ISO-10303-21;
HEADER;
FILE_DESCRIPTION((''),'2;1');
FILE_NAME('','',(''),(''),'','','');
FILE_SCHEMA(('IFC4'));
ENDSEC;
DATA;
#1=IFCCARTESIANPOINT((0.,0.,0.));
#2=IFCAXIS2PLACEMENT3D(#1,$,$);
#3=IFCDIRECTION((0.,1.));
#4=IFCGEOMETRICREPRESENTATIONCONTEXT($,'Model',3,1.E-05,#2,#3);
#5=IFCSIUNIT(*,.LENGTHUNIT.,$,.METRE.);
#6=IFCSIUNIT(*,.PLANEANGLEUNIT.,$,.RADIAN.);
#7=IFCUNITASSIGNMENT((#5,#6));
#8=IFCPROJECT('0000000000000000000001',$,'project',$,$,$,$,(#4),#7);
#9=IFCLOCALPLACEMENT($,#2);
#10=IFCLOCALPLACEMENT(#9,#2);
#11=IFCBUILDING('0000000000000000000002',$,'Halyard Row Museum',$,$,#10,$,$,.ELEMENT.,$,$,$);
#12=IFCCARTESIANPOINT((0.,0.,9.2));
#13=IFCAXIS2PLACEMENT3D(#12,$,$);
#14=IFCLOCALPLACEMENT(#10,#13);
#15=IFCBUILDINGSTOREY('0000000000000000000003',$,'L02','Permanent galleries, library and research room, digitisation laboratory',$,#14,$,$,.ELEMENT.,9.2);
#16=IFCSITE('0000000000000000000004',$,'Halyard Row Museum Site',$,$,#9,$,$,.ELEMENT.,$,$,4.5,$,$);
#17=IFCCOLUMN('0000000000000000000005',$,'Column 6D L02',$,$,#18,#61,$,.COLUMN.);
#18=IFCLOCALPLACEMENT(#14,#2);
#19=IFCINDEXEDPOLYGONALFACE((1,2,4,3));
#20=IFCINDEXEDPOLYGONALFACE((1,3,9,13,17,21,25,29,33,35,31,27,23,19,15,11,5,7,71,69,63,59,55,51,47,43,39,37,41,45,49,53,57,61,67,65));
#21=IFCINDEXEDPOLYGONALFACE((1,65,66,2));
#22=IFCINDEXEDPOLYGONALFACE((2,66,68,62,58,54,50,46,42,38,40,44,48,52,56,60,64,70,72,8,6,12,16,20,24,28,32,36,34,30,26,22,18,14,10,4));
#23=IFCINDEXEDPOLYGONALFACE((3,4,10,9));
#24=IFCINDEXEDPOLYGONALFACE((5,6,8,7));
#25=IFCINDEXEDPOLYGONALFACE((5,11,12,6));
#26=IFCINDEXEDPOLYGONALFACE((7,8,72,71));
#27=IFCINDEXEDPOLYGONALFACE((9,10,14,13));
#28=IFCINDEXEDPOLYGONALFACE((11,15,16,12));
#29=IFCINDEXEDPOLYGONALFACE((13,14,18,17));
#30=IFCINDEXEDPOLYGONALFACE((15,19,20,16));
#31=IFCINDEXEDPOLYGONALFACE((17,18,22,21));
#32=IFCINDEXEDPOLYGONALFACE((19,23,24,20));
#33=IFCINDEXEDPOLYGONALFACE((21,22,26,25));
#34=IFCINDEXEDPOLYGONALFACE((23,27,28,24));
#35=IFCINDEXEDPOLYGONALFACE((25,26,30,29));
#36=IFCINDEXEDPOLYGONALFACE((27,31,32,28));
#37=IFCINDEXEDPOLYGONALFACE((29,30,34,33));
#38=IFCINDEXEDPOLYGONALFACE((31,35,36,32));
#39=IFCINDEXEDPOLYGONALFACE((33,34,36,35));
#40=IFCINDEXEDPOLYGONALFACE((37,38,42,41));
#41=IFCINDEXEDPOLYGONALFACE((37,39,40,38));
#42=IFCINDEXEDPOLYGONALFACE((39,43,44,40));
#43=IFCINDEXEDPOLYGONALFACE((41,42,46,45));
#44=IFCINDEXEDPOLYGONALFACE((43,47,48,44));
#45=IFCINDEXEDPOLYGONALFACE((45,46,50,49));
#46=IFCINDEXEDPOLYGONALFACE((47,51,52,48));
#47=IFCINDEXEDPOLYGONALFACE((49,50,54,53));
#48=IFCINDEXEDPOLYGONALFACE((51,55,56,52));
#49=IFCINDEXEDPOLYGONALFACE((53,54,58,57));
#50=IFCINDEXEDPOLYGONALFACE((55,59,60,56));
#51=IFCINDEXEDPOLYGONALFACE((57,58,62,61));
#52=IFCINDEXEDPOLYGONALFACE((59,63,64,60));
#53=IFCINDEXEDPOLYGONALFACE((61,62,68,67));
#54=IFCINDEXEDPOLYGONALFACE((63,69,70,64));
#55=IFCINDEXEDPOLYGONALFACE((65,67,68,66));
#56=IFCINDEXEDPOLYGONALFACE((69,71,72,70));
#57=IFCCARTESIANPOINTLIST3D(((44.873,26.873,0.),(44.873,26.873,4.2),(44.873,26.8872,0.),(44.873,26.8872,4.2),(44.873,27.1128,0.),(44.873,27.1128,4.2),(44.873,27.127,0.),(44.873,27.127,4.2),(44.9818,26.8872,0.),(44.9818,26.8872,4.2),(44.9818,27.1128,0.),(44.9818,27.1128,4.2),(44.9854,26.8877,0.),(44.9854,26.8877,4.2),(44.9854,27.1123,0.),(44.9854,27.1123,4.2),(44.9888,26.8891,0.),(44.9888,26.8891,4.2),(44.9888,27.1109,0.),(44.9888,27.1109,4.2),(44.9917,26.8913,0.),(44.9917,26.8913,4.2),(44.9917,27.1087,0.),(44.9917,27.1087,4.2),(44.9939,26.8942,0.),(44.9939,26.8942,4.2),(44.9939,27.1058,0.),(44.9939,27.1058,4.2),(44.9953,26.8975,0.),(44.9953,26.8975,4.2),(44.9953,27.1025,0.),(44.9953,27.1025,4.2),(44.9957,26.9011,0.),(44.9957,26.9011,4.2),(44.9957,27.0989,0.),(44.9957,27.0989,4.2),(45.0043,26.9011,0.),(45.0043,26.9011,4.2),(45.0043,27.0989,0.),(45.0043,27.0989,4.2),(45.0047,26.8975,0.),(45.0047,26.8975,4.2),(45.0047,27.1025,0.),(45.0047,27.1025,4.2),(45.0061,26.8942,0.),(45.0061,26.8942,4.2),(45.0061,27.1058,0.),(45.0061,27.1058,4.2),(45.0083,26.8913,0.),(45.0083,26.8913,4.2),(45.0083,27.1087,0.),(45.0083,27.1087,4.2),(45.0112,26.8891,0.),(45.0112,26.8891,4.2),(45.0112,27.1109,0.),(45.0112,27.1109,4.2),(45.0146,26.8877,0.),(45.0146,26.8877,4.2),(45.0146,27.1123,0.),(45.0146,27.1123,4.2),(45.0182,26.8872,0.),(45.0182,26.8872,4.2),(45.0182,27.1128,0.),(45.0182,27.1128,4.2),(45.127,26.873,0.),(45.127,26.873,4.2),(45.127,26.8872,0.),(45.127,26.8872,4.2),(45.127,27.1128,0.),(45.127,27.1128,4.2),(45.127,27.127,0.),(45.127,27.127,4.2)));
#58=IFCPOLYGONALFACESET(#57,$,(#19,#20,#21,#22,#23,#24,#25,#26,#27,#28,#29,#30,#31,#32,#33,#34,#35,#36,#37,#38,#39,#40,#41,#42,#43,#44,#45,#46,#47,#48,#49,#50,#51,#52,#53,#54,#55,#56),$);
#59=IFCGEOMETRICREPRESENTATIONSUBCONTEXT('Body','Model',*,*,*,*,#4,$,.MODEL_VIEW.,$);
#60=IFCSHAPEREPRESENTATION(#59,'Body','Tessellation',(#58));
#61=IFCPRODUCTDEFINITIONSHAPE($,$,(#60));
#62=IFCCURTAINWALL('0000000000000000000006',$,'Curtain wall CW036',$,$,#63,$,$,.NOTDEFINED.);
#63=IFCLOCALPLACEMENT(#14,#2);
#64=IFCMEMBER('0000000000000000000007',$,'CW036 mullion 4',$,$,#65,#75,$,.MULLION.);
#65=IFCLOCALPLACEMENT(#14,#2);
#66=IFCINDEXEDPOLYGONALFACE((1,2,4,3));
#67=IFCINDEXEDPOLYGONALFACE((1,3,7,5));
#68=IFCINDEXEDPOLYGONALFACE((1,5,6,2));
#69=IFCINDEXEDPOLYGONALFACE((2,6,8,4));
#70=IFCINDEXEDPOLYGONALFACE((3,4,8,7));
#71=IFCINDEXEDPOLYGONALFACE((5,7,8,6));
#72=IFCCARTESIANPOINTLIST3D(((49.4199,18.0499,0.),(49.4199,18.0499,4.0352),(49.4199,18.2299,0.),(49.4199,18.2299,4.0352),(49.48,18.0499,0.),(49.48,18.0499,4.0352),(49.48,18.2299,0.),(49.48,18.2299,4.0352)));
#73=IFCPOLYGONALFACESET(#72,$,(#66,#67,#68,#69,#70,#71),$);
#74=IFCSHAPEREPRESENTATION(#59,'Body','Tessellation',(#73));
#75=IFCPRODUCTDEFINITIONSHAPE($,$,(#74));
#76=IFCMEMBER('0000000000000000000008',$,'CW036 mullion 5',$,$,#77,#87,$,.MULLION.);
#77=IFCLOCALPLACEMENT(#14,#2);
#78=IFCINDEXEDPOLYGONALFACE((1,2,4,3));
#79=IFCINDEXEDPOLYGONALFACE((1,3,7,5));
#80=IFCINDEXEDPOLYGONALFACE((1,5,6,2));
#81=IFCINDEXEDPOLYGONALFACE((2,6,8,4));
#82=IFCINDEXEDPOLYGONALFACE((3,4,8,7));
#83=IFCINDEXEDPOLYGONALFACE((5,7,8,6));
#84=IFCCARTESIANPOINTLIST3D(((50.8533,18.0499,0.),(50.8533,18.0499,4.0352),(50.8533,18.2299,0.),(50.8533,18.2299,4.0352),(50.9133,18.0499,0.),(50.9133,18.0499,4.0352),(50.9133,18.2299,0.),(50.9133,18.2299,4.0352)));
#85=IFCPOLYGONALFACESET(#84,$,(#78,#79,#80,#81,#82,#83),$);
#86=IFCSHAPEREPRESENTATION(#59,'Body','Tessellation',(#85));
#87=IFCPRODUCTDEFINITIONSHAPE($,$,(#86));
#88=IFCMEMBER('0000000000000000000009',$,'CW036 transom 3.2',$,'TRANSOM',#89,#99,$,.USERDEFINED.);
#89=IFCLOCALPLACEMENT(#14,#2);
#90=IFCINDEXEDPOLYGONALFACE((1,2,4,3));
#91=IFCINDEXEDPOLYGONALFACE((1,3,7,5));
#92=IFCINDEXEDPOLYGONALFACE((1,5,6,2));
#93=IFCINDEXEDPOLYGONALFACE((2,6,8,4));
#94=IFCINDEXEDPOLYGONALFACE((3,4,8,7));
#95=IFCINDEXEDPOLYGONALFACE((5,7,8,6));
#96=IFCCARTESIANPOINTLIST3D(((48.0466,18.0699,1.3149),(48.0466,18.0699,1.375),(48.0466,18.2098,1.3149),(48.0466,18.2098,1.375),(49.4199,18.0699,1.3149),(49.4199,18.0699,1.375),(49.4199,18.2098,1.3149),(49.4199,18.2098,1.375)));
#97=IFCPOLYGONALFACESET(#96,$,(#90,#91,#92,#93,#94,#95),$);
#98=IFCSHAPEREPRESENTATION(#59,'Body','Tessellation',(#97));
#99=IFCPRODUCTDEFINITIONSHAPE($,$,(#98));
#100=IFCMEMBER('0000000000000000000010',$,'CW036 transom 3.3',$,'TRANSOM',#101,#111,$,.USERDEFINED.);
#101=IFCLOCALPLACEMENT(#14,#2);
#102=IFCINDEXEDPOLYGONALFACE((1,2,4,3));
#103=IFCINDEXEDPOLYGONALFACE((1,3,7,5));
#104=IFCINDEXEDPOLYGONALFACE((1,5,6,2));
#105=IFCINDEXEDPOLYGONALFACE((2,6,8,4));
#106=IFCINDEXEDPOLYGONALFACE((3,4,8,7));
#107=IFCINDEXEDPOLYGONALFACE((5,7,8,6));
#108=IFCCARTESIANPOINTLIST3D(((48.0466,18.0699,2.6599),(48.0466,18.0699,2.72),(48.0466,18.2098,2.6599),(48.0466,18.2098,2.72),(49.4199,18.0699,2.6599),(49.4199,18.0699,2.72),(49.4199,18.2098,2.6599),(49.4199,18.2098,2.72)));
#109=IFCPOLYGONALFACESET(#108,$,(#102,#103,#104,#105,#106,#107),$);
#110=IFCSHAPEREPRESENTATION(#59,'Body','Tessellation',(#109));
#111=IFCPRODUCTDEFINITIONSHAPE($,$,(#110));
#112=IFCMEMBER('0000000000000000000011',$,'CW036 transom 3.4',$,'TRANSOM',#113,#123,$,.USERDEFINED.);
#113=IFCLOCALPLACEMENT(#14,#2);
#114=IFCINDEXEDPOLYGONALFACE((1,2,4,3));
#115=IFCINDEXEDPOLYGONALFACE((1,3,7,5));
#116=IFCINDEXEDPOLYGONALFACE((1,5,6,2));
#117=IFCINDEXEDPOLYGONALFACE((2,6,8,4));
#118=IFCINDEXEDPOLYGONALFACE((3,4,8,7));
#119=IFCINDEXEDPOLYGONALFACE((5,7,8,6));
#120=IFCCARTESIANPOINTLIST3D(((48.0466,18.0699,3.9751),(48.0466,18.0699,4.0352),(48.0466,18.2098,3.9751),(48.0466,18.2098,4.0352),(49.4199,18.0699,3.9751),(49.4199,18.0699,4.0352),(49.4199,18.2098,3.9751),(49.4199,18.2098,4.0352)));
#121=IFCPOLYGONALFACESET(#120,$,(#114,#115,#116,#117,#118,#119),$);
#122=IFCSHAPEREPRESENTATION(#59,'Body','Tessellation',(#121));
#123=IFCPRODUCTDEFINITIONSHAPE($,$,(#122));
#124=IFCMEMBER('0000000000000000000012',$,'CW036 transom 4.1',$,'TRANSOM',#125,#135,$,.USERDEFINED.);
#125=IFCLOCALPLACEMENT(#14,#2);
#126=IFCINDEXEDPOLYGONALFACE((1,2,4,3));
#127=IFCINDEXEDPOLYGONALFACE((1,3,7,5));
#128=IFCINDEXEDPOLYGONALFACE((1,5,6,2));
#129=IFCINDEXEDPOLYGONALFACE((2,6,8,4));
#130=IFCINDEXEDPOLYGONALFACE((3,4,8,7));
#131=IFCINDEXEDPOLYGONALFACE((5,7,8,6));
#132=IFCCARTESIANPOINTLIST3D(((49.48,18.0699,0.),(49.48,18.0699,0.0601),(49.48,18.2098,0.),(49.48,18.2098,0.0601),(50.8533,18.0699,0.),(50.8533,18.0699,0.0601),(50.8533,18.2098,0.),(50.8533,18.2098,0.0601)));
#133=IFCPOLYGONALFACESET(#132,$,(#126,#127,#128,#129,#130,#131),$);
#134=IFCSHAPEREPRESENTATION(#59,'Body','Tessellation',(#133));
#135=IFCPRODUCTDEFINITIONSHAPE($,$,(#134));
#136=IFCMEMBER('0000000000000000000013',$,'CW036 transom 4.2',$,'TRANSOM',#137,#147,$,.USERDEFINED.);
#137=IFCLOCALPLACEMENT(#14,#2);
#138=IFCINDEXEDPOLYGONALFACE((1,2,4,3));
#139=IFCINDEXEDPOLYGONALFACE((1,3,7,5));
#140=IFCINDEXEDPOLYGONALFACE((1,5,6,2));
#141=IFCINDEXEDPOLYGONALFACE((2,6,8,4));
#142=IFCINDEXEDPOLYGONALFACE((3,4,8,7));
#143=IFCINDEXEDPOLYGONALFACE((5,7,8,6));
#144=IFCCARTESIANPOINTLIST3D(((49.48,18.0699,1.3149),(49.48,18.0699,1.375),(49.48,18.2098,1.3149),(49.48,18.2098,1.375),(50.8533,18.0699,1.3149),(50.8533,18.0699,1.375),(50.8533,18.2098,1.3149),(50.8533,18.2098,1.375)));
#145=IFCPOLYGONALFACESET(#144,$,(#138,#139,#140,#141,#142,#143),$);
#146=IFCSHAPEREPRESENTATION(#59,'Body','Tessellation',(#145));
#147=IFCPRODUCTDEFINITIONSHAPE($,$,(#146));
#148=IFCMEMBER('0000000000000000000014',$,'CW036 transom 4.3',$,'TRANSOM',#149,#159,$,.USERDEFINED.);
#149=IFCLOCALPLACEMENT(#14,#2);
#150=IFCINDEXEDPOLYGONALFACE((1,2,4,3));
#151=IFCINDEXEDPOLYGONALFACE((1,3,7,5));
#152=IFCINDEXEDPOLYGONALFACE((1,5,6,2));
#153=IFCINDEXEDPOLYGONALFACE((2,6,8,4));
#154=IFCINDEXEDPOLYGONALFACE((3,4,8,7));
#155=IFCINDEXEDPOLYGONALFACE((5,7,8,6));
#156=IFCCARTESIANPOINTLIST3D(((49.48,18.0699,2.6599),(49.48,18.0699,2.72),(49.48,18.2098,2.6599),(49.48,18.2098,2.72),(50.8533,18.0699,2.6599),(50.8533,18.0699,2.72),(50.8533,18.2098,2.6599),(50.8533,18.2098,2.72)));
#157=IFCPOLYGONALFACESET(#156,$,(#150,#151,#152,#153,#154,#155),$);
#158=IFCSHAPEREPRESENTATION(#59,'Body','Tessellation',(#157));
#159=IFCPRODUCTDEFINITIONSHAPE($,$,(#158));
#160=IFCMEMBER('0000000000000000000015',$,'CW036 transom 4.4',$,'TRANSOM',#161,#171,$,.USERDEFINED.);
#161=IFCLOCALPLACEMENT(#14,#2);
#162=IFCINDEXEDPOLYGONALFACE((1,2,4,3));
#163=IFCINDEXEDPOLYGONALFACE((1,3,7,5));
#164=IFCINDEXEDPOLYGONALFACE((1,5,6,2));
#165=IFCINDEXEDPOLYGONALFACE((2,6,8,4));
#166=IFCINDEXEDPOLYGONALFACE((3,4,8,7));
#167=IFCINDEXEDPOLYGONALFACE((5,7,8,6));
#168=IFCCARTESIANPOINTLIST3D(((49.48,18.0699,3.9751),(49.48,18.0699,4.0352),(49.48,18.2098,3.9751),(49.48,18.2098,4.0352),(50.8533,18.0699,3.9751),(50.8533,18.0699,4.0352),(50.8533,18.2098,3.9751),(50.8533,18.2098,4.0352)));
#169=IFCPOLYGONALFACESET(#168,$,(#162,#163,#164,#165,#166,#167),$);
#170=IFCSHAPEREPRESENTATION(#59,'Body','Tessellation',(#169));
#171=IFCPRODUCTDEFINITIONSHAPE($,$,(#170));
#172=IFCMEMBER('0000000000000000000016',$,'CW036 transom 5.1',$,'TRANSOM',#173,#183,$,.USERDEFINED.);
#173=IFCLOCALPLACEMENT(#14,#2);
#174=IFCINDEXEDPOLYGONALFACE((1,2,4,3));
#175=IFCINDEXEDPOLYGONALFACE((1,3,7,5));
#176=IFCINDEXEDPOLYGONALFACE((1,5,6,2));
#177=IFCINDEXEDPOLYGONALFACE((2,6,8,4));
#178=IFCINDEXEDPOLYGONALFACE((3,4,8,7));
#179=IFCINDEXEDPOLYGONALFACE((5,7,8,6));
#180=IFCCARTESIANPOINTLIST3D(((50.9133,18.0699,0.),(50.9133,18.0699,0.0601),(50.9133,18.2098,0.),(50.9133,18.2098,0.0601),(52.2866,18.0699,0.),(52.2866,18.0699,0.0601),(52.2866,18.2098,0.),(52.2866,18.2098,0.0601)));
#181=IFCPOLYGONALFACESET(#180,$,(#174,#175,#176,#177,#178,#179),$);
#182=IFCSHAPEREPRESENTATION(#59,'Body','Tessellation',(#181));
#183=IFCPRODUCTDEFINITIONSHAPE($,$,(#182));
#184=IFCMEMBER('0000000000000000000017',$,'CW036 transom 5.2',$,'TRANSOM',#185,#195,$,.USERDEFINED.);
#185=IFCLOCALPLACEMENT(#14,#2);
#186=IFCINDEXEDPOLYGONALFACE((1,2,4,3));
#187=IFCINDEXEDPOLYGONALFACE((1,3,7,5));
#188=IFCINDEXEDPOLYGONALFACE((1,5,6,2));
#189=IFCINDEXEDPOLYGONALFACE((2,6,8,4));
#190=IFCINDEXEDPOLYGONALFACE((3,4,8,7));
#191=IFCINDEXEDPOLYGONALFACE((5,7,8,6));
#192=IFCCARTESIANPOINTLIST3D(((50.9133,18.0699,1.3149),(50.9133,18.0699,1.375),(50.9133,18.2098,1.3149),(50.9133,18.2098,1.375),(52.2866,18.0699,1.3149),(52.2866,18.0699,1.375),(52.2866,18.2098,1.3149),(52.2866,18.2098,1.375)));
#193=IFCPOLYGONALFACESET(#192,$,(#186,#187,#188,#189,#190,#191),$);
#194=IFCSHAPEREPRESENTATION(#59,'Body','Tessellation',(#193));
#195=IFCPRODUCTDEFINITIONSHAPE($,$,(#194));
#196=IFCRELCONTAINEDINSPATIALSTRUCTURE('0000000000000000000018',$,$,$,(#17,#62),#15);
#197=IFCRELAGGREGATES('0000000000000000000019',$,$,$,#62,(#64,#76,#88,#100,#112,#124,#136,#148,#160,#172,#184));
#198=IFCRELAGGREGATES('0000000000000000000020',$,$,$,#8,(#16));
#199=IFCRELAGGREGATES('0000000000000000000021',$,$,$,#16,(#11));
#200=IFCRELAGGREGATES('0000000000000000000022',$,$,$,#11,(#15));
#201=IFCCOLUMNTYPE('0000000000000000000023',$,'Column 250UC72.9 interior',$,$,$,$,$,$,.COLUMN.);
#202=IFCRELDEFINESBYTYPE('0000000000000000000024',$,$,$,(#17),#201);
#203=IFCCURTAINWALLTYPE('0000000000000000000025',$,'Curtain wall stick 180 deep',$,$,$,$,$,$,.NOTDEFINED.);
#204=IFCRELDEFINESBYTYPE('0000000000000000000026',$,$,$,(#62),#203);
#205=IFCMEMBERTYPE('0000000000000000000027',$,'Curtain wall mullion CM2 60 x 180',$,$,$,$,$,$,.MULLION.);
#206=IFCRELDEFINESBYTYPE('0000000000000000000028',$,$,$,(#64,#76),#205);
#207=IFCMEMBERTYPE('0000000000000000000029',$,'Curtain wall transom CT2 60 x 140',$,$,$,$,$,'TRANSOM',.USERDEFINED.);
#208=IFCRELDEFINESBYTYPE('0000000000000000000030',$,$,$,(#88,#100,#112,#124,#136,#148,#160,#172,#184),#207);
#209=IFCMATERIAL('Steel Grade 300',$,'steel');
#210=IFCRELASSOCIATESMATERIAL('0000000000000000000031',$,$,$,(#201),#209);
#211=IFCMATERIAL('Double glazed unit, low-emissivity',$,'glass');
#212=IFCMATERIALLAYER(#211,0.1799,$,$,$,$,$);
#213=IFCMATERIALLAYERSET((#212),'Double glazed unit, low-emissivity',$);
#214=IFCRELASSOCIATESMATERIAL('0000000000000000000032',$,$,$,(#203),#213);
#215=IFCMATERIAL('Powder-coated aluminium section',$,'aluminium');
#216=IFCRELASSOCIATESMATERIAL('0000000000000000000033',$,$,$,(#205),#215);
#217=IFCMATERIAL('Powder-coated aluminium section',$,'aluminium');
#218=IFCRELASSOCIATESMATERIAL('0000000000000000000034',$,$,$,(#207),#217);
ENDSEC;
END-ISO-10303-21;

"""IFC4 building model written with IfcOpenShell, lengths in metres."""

from ifc_helpers import new_model, si_unit, direction, frame, origin, origin_2d, place, context, subcontext, project, spatial, rectangle, i_section, extrude, material, layer, layer_set, material_profile, profile_set, type_object, element, aggregate, save


model = new_model("IFC4")

# Units and contexts
model_context = context("Model", 3, precision=1e-05, world=origin(), true_north=direction((0.0, 1.0)))
body_context = subcontext(model_context, "Body", "Model", "MODEL_VIEW")
ifc_project = project(units=[si_unit("LENGTHUNIT", "METRE"), si_unit("PLANEANGLEUNIT", "RADIAN")], contexts=[model_context])

# Site, building, storey
site_placement = place(None, origin())
site = spatial("IfcSite", under=ifc_project, at=site_placement, Name="Halyard Row Museum Site", CompositionType="ELEMENT", RefElevation=4.5)
building_placement = place(site_placement, origin())
building = spatial("IfcBuilding", under=site, at=building_placement, Name="Halyard Row Museum", CompositionType="ELEMENT")
storey_placement = place(building_placement, frame((0.0, 0.0, 9.2)))
storey = spatial("IfcBuildingStorey", under=building, at=storey_placement, Name="L02", Description="Permanent galleries, library and research room, digitisation laboratory", CompositionType="ELEMENT", Elevation=9.2)

# Column
ifc_material_1 = material(Name="Steel Grade 300", Category="steel")
ifc_material_profile_1 = material_profile(ifc_material_1, i_section(OverallWidth=0.2539, OverallDepth=0.2539, WebThickness=0.0085, FlangeThickness=0.0142, FilletRadius=0.0139, at=origin_2d()), Name="250UC72.9")
ifc_profile_set_1 = profile_set([ifc_material_profile_1], Name="Steel Grade 300")
column_type = type_object("IfcColumnType", Name="Column 250UC72.9 interior", PredefinedType="COLUMN", material=ifc_profile_set_1)
column_placement = place(storey_placement, frame((45.0, 27.0, 0.0), z_axis=(0.0, 0.0, 1.0), x_axis=(1.0, 0.0, 0.0)))
element("IfcColumn", 1, at=column_placement, inside=storey, type_object=column_type, Name="Column 6D L02", PredefinedType="COLUMN", context=body_context, shape_type="SweptSolid", body=[
    extrude(i_section(OverallWidth=0.2539, OverallDepth=0.2539, WebThickness=0.0085, FlangeThickness=0.0142, FilletRadius=0.0139, at=origin_2d()), origin(), (0.0, 0.0, 1.0), 4.2),
])

# Curtain wall, members
ifc_material_2 = material(Name="Double glazed unit, low-emissivity", Category="glass")
ifc_layer_1 = layer(ifc_material_2, 0.1799)
ifc_layer_set_1 = layer_set([ifc_layer_1], Name="Double glazed unit, low-emissivity")
curtain_wall_type = type_object("IfcCurtainWallType", Name="Curtain wall stick 180 deep", PredefinedType="NOTDEFINED", material=ifc_layer_set_1)
curtain_wall_placement = place(storey_placement, origin())
curtain_wall = element("IfcCurtainWall", 2, at=curtain_wall_placement, inside=storey, type_object=curtain_wall_type, Name="Curtain wall CW036", PredefinedType="NOTDEFINED")
ifc_material_3 = material(Name="Powder-coated aluminium section", Category="aluminium")
ifc_material_profile_2 = material_profile(ifc_material_3, rectangle(XDim=0.1799, YDim=0.0601, at=origin_2d()), Name="180x60 mullion")
ifc_profile_set_2 = profile_set([ifc_material_profile_2], Name="Powder-coated aluminium section")
member_type_1 = type_object("IfcMemberType", Name="Curtain wall mullion CM2 60 x 180", PredefinedType="MULLION", material=ifc_profile_set_2)
member_1_placement = place(storey_placement, frame((49.45, 18.1399, 0.0), z_axis=(0.0, 0.0, 1.0), x_axis=(0.0, 1.0, 0.0)))
member_1 = element("IfcMember", 3, at=member_1_placement, type_object=member_type_1, Name="CW036 mullion 4", PredefinedType="MULLION", context=body_context, shape_type="SweptSolid", body=[
    extrude(rectangle(XDim=0.1799, YDim=0.0601, at=origin_2d()), origin(), (0.0, 0.0, 1.0), 4.0352),
])
member_2_placement = place(storey_placement, frame((50.8833, 18.1399, 0.0), z_axis=(0.0, 0.0, 1.0), x_axis=(0.0, 1.0, 0.0)))
member_2 = element("IfcMember", 4, at=member_2_placement, type_object=member_type_1, Name="CW036 mullion 5", PredefinedType="MULLION", context=body_context, shape_type="SweptSolid", body=[
    extrude(rectangle(XDim=0.1799, YDim=0.0601, at=origin_2d()), origin(), (0.0, 0.0, 1.0), 4.0352),
])
ifc_material_4 = material(Name="Powder-coated aluminium section", Category="aluminium")
ifc_material_profile_3 = material_profile(ifc_material_4, rectangle(XDim=0.1399, YDim=0.0601, at=origin_2d()), Name="140x60 transom")
ifc_profile_set_3 = profile_set([ifc_material_profile_3], Name="Powder-coated aluminium section")
member_type_2 = type_object("IfcMemberType", Name="Curtain wall transom CT2 60 x 140", ElementType="TRANSOM", PredefinedType="USERDEFINED", material=ifc_profile_set_3)
member_3_placement = place(storey_placement, frame((48.0466, 18.1399, 1.345), z_axis=(1.0, 0.0, 0.0), x_axis=(0.0, 1.0, 0.0)))
member_3 = element("IfcMember", 5, at=member_3_placement, type_object=member_type_2, Name="CW036 transom 3.2", ObjectType="TRANSOM", PredefinedType="USERDEFINED", context=body_context, shape_type="SweptSolid", body=[
    extrude(rectangle(XDim=0.1399, YDim=0.0601, at=origin_2d()), origin(), (0.0, 0.0, 1.0), 1.3733),
])
member_4_placement = place(storey_placement, frame((48.0466, 18.1399, 2.6899), z_axis=(1.0, 0.0, 0.0), x_axis=(0.0, 1.0, 0.0)))
member_4 = element("IfcMember", 6, at=member_4_placement, type_object=member_type_2, Name="CW036 transom 3.3", ObjectType="TRANSOM", PredefinedType="USERDEFINED", context=body_context, shape_type="SweptSolid", body=[
    extrude(rectangle(XDim=0.1399, YDim=0.0601, at=origin_2d()), origin(), (0.0, 0.0, 1.0), 1.3733),
])
member_5_placement = place(storey_placement, frame((48.0466, 18.1399, 4.0051), z_axis=(1.0, 0.0, 0.0), x_axis=(0.0, 1.0, 0.0)))
member_5 = element("IfcMember", 7, at=member_5_placement, type_object=member_type_2, Name="CW036 transom 3.4", ObjectType="TRANSOM", PredefinedType="USERDEFINED", context=body_context, shape_type="SweptSolid", body=[
    extrude(rectangle(XDim=0.1399, YDim=0.0601, at=origin_2d()), origin(), (0.0, 0.0, 1.0), 1.3733),
])
member_6_placement = place(storey_placement, frame((49.48, 18.1399, 0.03), z_axis=(1.0, 0.0, 0.0), x_axis=(0.0, 1.0, 0.0)))
member_6 = element("IfcMember", 8, at=member_6_placement, type_object=member_type_2, Name="CW036 transom 4.1", ObjectType="TRANSOM", PredefinedType="USERDEFINED", context=body_context, shape_type="SweptSolid", body=[
    extrude(rectangle(XDim=0.1399, YDim=0.0601, at=origin_2d()), origin(), (0.0, 0.0, 1.0), 1.3733),
])
member_7_placement = place(storey_placement, frame((49.48, 18.1399, 1.345), z_axis=(1.0, 0.0, 0.0), x_axis=(0.0, 1.0, 0.0)))
member_7 = element("IfcMember", 9, at=member_7_placement, type_object=member_type_2, Name="CW036 transom 4.2", ObjectType="TRANSOM", PredefinedType="USERDEFINED", context=body_context, shape_type="SweptSolid", body=[
    extrude(rectangle(XDim=0.1399, YDim=0.0601, at=origin_2d()), origin(), (0.0, 0.0, 1.0), 1.3733),
])
member_8_placement = place(storey_placement, frame((49.48, 18.1399, 2.6899), z_axis=(1.0, 0.0, 0.0), x_axis=(0.0, 1.0, 0.0)))
member_8 = element("IfcMember", 10, at=member_8_placement, type_object=member_type_2, Name="CW036 transom 4.3", ObjectType="TRANSOM", PredefinedType="USERDEFINED", context=body_context, shape_type="SweptSolid", body=[
    extrude(rectangle(XDim=0.1399, YDim=0.0601, at=origin_2d()), origin(), (0.0, 0.0, 1.0), 1.3733),
])
member_9_placement = place(storey_placement, frame((49.48, 18.1399, 4.0051), z_axis=(1.0, 0.0, 0.0), x_axis=(0.0, 1.0, 0.0)))
member_9 = element("IfcMember", 11, at=member_9_placement, type_object=member_type_2, Name="CW036 transom 4.4", ObjectType="TRANSOM", PredefinedType="USERDEFINED", context=body_context, shape_type="SweptSolid", body=[
    extrude(rectangle(XDim=0.1399, YDim=0.0601, at=origin_2d()), origin(), (0.0, 0.0, 1.0), 1.3733),
])
member_10_placement = place(storey_placement, frame((50.9133, 18.1399, 0.03), z_axis=(1.0, 0.0, 0.0), x_axis=(0.0, 1.0, 0.0)))
member_10 = element("IfcMember", 12, at=member_10_placement, type_object=member_type_2, Name="CW036 transom 5.1", ObjectType="TRANSOM", PredefinedType="USERDEFINED", context=body_context, shape_type="SweptSolid", body=[
    extrude(rectangle(XDim=0.1399, YDim=0.0601, at=origin_2d()), origin(), (0.0, 0.0, 1.0), 1.3733),
])
member_11_placement = place(storey_placement, frame((50.9133, 18.1399, 1.345), z_axis=(1.0, 0.0, 0.0), x_axis=(0.0, 1.0, 0.0)))
member_11 = element("IfcMember", 13, at=member_11_placement, type_object=member_type_2, Name="CW036 transom 5.2", ObjectType="TRANSOM", PredefinedType="USERDEFINED", context=body_context, shape_type="SweptSolid", body=[
    extrude(rectangle(XDim=0.1399, YDim=0.0601, at=origin_2d()), origin(), (0.0, 0.0, 1.0), 1.3733),
])

aggregate(curtain_wall, [member_1, member_2, member_3, member_4, member_5, member_6, member_7, member_8, member_9, member_10, member_11])

save(model, "model.ifc")
